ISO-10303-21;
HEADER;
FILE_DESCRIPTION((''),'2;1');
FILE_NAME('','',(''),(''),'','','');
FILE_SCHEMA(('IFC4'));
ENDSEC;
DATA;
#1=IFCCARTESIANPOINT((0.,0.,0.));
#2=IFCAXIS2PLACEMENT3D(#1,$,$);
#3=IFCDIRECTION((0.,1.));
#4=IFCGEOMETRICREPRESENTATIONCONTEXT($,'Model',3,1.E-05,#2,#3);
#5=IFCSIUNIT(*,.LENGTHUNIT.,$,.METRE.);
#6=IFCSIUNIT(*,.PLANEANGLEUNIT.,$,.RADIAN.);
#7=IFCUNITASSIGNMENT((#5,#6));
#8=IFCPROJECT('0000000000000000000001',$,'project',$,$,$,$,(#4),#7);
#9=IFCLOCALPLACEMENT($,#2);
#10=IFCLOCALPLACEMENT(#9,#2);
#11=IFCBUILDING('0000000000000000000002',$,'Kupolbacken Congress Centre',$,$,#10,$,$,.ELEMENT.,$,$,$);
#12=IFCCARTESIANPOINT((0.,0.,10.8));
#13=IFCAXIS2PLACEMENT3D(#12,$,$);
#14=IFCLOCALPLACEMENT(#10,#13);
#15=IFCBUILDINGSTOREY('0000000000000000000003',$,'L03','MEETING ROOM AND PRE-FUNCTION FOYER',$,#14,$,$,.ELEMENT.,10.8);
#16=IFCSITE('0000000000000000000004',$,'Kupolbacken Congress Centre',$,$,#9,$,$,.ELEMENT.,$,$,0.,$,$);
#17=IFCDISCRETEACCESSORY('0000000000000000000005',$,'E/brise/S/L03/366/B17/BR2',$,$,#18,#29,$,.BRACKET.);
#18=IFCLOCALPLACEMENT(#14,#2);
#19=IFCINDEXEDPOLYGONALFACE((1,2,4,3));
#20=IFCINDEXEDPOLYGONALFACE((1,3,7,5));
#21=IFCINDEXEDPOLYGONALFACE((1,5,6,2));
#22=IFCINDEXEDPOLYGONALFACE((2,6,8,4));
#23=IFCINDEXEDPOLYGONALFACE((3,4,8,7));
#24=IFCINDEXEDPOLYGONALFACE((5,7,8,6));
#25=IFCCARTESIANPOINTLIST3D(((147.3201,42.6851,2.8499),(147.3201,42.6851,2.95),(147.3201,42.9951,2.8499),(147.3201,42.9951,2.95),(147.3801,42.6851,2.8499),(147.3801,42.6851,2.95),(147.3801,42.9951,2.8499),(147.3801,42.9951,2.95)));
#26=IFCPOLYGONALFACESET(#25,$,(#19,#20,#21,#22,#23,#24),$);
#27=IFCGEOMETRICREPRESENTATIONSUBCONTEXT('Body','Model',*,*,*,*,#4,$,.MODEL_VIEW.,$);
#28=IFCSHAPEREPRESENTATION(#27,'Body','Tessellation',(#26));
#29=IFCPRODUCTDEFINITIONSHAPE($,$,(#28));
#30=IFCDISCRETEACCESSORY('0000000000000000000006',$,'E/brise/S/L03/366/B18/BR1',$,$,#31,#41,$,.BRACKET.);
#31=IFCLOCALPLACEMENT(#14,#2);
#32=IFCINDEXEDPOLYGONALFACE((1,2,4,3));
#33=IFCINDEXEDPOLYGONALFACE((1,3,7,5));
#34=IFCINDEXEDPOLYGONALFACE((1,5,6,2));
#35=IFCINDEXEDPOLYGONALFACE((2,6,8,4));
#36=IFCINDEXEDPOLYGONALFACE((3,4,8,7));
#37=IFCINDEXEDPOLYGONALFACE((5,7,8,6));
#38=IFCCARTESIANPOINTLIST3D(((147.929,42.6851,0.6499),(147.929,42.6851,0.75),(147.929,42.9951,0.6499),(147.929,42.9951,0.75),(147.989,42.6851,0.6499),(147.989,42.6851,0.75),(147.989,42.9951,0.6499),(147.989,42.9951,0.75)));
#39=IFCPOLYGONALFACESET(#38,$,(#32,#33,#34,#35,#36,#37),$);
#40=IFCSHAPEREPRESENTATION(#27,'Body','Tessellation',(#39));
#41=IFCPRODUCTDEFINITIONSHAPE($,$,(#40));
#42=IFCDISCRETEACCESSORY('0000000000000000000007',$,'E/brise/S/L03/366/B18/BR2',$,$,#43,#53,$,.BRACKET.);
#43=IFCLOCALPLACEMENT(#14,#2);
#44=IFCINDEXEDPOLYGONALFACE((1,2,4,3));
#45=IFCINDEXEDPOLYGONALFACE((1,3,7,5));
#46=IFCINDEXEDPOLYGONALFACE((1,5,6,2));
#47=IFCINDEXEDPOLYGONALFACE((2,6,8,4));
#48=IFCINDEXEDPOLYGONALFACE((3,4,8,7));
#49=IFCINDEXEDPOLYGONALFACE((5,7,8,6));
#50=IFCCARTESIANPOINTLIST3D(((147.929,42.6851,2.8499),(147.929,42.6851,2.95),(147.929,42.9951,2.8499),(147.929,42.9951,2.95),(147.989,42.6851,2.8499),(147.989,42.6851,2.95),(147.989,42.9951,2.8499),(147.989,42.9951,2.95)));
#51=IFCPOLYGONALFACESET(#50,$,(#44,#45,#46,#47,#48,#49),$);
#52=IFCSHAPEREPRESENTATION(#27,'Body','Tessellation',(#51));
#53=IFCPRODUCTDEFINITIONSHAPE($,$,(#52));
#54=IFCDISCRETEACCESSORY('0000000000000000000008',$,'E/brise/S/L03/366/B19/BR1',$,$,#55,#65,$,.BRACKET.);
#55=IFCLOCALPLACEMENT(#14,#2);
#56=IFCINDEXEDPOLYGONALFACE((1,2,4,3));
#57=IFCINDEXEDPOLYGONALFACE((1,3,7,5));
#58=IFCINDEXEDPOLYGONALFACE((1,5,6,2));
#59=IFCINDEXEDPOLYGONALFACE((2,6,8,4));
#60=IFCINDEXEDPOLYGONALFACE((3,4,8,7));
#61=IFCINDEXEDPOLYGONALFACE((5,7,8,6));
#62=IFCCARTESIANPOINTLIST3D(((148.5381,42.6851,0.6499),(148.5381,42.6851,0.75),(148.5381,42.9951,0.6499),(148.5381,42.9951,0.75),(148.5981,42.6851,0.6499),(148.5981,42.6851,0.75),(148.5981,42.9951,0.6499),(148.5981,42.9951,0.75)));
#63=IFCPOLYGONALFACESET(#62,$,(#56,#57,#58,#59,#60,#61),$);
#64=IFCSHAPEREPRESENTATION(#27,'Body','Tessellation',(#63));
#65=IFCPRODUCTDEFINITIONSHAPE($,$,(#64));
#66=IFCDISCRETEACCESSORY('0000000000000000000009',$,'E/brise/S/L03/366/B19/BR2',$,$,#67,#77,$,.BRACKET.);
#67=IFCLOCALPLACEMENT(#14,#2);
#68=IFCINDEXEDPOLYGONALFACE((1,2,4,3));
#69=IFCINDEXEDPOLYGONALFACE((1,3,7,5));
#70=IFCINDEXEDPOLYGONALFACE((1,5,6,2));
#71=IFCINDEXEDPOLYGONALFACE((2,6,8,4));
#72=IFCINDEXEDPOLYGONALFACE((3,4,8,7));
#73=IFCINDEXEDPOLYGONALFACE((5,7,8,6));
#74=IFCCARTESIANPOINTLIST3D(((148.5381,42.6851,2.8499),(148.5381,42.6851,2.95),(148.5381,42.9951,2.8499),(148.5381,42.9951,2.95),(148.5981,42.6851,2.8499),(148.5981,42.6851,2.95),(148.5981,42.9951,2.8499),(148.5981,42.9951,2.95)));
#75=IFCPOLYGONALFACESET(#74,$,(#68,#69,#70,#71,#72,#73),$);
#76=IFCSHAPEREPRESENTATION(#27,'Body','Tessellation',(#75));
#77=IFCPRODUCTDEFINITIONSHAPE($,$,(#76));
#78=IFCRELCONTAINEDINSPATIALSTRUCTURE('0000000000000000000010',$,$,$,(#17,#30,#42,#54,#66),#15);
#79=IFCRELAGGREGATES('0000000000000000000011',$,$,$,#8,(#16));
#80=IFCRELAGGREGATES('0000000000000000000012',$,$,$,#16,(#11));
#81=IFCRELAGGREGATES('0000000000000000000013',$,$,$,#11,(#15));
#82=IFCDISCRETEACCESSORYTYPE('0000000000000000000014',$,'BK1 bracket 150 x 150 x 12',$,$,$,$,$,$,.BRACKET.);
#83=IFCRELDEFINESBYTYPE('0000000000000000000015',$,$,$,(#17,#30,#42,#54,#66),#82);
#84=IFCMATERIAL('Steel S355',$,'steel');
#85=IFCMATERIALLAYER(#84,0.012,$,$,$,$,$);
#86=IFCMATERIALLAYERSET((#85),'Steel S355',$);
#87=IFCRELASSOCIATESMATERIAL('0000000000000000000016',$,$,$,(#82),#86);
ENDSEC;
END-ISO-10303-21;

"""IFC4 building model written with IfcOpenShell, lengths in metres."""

from ifc_helpers import new_model, si_unit, direction, frame, origin, origin_2d, place, context, subcontext, project, spatial, rectangle, extrude, material, layer, layer_set, type_object, element, save


model = new_model("IFC4")

# Units and contexts
model_context = context("Model", 3, precision=1e-05, world=origin(), true_north=direction((0.0, 1.0)))
body_context = subcontext(model_context, "Body", "Model", "MODEL_VIEW")
ifc_project = project(units=[si_unit("LENGTHUNIT", "METRE"), si_unit("PLANEANGLEUNIT", "RADIAN")], contexts=[model_context])

# Site, building, storey
site_placement = place(None, origin())
site = spatial("IfcSite", under=ifc_project, at=site_placement, Name="Kupolbacken Congress Centre", CompositionType="ELEMENT", RefElevation=0.0)
building_placement = place(site_placement, origin())
building = spatial("IfcBuilding", under=site, at=building_placement, Name="Kupolbacken Congress Centre", CompositionType="ELEMENT")
storey_placement = place(building_placement, frame((0.0, 0.0, 10.8)))
storey = spatial("IfcBuildingStorey", under=building, at=storey_placement, Name="L03", Description="MEETING ROOM AND PRE-FUNCTION FOYER", CompositionType="ELEMENT", Elevation=10.8)

# Discrete accessories
ifc_material_1 = material(Name="Steel S355", Category="steel")
ifc_layer_1 = layer(ifc_material_1, 0.012)
ifc_layer_set_1 = layer_set([ifc_layer_1], Name="Steel S355")
discrete_accessory_type = type_object("IfcDiscreteAccessoryType", Name="BK1 bracket 150 x 150 x 12", PredefinedType="BRACKET", material=ifc_layer_set_1)
for number, where, z_axis, x_axis, name in (
    (1, (147.3501, 42.8401, 2.8499), (0.0, 0.0, 1.0), (1.0, 0.0, 0.0), "E/brise/S/L03/366/B17/BR2"),
    (2, (147.959, 42.8401, 0.6499), (0.0, 0.0, 1.0), (1.0, 0.0, 0.0), "E/brise/S/L03/366/B18/BR1"),
    (3, (147.959, 42.8401, 2.8499), (0.0, 0.0, 1.0), (1.0, 0.0, 0.0), "E/brise/S/L03/366/B18/BR2"),
    (4, (148.5681, 42.8401, 0.6499), (0.0, 0.0, 1.0), (1.0, 0.0, 0.0), "E/brise/S/L03/366/B19/BR1"),
    (5, (148.5681, 42.8401, 2.8499), (0.0, 0.0, 1.0), (1.0, 0.0, 0.0), "E/brise/S/L03/366/B19/BR2"),
):
    element("IfcDiscreteAccessory", number, at=place(storey_placement, frame(where, z_axis=z_axis, x_axis=x_axis)), inside=storey, type_object=discrete_accessory_type, Name=name, PredefinedType="BRACKET", context=body_context, shape_type="SweptSolid", body=[
        extrude(rectangle(XDim=0.0601, YDim=0.3101, at=origin_2d()), origin(), (0.0, 0.0, 1.0), 0.1001),
    ])

save(model, "model.ifc")
